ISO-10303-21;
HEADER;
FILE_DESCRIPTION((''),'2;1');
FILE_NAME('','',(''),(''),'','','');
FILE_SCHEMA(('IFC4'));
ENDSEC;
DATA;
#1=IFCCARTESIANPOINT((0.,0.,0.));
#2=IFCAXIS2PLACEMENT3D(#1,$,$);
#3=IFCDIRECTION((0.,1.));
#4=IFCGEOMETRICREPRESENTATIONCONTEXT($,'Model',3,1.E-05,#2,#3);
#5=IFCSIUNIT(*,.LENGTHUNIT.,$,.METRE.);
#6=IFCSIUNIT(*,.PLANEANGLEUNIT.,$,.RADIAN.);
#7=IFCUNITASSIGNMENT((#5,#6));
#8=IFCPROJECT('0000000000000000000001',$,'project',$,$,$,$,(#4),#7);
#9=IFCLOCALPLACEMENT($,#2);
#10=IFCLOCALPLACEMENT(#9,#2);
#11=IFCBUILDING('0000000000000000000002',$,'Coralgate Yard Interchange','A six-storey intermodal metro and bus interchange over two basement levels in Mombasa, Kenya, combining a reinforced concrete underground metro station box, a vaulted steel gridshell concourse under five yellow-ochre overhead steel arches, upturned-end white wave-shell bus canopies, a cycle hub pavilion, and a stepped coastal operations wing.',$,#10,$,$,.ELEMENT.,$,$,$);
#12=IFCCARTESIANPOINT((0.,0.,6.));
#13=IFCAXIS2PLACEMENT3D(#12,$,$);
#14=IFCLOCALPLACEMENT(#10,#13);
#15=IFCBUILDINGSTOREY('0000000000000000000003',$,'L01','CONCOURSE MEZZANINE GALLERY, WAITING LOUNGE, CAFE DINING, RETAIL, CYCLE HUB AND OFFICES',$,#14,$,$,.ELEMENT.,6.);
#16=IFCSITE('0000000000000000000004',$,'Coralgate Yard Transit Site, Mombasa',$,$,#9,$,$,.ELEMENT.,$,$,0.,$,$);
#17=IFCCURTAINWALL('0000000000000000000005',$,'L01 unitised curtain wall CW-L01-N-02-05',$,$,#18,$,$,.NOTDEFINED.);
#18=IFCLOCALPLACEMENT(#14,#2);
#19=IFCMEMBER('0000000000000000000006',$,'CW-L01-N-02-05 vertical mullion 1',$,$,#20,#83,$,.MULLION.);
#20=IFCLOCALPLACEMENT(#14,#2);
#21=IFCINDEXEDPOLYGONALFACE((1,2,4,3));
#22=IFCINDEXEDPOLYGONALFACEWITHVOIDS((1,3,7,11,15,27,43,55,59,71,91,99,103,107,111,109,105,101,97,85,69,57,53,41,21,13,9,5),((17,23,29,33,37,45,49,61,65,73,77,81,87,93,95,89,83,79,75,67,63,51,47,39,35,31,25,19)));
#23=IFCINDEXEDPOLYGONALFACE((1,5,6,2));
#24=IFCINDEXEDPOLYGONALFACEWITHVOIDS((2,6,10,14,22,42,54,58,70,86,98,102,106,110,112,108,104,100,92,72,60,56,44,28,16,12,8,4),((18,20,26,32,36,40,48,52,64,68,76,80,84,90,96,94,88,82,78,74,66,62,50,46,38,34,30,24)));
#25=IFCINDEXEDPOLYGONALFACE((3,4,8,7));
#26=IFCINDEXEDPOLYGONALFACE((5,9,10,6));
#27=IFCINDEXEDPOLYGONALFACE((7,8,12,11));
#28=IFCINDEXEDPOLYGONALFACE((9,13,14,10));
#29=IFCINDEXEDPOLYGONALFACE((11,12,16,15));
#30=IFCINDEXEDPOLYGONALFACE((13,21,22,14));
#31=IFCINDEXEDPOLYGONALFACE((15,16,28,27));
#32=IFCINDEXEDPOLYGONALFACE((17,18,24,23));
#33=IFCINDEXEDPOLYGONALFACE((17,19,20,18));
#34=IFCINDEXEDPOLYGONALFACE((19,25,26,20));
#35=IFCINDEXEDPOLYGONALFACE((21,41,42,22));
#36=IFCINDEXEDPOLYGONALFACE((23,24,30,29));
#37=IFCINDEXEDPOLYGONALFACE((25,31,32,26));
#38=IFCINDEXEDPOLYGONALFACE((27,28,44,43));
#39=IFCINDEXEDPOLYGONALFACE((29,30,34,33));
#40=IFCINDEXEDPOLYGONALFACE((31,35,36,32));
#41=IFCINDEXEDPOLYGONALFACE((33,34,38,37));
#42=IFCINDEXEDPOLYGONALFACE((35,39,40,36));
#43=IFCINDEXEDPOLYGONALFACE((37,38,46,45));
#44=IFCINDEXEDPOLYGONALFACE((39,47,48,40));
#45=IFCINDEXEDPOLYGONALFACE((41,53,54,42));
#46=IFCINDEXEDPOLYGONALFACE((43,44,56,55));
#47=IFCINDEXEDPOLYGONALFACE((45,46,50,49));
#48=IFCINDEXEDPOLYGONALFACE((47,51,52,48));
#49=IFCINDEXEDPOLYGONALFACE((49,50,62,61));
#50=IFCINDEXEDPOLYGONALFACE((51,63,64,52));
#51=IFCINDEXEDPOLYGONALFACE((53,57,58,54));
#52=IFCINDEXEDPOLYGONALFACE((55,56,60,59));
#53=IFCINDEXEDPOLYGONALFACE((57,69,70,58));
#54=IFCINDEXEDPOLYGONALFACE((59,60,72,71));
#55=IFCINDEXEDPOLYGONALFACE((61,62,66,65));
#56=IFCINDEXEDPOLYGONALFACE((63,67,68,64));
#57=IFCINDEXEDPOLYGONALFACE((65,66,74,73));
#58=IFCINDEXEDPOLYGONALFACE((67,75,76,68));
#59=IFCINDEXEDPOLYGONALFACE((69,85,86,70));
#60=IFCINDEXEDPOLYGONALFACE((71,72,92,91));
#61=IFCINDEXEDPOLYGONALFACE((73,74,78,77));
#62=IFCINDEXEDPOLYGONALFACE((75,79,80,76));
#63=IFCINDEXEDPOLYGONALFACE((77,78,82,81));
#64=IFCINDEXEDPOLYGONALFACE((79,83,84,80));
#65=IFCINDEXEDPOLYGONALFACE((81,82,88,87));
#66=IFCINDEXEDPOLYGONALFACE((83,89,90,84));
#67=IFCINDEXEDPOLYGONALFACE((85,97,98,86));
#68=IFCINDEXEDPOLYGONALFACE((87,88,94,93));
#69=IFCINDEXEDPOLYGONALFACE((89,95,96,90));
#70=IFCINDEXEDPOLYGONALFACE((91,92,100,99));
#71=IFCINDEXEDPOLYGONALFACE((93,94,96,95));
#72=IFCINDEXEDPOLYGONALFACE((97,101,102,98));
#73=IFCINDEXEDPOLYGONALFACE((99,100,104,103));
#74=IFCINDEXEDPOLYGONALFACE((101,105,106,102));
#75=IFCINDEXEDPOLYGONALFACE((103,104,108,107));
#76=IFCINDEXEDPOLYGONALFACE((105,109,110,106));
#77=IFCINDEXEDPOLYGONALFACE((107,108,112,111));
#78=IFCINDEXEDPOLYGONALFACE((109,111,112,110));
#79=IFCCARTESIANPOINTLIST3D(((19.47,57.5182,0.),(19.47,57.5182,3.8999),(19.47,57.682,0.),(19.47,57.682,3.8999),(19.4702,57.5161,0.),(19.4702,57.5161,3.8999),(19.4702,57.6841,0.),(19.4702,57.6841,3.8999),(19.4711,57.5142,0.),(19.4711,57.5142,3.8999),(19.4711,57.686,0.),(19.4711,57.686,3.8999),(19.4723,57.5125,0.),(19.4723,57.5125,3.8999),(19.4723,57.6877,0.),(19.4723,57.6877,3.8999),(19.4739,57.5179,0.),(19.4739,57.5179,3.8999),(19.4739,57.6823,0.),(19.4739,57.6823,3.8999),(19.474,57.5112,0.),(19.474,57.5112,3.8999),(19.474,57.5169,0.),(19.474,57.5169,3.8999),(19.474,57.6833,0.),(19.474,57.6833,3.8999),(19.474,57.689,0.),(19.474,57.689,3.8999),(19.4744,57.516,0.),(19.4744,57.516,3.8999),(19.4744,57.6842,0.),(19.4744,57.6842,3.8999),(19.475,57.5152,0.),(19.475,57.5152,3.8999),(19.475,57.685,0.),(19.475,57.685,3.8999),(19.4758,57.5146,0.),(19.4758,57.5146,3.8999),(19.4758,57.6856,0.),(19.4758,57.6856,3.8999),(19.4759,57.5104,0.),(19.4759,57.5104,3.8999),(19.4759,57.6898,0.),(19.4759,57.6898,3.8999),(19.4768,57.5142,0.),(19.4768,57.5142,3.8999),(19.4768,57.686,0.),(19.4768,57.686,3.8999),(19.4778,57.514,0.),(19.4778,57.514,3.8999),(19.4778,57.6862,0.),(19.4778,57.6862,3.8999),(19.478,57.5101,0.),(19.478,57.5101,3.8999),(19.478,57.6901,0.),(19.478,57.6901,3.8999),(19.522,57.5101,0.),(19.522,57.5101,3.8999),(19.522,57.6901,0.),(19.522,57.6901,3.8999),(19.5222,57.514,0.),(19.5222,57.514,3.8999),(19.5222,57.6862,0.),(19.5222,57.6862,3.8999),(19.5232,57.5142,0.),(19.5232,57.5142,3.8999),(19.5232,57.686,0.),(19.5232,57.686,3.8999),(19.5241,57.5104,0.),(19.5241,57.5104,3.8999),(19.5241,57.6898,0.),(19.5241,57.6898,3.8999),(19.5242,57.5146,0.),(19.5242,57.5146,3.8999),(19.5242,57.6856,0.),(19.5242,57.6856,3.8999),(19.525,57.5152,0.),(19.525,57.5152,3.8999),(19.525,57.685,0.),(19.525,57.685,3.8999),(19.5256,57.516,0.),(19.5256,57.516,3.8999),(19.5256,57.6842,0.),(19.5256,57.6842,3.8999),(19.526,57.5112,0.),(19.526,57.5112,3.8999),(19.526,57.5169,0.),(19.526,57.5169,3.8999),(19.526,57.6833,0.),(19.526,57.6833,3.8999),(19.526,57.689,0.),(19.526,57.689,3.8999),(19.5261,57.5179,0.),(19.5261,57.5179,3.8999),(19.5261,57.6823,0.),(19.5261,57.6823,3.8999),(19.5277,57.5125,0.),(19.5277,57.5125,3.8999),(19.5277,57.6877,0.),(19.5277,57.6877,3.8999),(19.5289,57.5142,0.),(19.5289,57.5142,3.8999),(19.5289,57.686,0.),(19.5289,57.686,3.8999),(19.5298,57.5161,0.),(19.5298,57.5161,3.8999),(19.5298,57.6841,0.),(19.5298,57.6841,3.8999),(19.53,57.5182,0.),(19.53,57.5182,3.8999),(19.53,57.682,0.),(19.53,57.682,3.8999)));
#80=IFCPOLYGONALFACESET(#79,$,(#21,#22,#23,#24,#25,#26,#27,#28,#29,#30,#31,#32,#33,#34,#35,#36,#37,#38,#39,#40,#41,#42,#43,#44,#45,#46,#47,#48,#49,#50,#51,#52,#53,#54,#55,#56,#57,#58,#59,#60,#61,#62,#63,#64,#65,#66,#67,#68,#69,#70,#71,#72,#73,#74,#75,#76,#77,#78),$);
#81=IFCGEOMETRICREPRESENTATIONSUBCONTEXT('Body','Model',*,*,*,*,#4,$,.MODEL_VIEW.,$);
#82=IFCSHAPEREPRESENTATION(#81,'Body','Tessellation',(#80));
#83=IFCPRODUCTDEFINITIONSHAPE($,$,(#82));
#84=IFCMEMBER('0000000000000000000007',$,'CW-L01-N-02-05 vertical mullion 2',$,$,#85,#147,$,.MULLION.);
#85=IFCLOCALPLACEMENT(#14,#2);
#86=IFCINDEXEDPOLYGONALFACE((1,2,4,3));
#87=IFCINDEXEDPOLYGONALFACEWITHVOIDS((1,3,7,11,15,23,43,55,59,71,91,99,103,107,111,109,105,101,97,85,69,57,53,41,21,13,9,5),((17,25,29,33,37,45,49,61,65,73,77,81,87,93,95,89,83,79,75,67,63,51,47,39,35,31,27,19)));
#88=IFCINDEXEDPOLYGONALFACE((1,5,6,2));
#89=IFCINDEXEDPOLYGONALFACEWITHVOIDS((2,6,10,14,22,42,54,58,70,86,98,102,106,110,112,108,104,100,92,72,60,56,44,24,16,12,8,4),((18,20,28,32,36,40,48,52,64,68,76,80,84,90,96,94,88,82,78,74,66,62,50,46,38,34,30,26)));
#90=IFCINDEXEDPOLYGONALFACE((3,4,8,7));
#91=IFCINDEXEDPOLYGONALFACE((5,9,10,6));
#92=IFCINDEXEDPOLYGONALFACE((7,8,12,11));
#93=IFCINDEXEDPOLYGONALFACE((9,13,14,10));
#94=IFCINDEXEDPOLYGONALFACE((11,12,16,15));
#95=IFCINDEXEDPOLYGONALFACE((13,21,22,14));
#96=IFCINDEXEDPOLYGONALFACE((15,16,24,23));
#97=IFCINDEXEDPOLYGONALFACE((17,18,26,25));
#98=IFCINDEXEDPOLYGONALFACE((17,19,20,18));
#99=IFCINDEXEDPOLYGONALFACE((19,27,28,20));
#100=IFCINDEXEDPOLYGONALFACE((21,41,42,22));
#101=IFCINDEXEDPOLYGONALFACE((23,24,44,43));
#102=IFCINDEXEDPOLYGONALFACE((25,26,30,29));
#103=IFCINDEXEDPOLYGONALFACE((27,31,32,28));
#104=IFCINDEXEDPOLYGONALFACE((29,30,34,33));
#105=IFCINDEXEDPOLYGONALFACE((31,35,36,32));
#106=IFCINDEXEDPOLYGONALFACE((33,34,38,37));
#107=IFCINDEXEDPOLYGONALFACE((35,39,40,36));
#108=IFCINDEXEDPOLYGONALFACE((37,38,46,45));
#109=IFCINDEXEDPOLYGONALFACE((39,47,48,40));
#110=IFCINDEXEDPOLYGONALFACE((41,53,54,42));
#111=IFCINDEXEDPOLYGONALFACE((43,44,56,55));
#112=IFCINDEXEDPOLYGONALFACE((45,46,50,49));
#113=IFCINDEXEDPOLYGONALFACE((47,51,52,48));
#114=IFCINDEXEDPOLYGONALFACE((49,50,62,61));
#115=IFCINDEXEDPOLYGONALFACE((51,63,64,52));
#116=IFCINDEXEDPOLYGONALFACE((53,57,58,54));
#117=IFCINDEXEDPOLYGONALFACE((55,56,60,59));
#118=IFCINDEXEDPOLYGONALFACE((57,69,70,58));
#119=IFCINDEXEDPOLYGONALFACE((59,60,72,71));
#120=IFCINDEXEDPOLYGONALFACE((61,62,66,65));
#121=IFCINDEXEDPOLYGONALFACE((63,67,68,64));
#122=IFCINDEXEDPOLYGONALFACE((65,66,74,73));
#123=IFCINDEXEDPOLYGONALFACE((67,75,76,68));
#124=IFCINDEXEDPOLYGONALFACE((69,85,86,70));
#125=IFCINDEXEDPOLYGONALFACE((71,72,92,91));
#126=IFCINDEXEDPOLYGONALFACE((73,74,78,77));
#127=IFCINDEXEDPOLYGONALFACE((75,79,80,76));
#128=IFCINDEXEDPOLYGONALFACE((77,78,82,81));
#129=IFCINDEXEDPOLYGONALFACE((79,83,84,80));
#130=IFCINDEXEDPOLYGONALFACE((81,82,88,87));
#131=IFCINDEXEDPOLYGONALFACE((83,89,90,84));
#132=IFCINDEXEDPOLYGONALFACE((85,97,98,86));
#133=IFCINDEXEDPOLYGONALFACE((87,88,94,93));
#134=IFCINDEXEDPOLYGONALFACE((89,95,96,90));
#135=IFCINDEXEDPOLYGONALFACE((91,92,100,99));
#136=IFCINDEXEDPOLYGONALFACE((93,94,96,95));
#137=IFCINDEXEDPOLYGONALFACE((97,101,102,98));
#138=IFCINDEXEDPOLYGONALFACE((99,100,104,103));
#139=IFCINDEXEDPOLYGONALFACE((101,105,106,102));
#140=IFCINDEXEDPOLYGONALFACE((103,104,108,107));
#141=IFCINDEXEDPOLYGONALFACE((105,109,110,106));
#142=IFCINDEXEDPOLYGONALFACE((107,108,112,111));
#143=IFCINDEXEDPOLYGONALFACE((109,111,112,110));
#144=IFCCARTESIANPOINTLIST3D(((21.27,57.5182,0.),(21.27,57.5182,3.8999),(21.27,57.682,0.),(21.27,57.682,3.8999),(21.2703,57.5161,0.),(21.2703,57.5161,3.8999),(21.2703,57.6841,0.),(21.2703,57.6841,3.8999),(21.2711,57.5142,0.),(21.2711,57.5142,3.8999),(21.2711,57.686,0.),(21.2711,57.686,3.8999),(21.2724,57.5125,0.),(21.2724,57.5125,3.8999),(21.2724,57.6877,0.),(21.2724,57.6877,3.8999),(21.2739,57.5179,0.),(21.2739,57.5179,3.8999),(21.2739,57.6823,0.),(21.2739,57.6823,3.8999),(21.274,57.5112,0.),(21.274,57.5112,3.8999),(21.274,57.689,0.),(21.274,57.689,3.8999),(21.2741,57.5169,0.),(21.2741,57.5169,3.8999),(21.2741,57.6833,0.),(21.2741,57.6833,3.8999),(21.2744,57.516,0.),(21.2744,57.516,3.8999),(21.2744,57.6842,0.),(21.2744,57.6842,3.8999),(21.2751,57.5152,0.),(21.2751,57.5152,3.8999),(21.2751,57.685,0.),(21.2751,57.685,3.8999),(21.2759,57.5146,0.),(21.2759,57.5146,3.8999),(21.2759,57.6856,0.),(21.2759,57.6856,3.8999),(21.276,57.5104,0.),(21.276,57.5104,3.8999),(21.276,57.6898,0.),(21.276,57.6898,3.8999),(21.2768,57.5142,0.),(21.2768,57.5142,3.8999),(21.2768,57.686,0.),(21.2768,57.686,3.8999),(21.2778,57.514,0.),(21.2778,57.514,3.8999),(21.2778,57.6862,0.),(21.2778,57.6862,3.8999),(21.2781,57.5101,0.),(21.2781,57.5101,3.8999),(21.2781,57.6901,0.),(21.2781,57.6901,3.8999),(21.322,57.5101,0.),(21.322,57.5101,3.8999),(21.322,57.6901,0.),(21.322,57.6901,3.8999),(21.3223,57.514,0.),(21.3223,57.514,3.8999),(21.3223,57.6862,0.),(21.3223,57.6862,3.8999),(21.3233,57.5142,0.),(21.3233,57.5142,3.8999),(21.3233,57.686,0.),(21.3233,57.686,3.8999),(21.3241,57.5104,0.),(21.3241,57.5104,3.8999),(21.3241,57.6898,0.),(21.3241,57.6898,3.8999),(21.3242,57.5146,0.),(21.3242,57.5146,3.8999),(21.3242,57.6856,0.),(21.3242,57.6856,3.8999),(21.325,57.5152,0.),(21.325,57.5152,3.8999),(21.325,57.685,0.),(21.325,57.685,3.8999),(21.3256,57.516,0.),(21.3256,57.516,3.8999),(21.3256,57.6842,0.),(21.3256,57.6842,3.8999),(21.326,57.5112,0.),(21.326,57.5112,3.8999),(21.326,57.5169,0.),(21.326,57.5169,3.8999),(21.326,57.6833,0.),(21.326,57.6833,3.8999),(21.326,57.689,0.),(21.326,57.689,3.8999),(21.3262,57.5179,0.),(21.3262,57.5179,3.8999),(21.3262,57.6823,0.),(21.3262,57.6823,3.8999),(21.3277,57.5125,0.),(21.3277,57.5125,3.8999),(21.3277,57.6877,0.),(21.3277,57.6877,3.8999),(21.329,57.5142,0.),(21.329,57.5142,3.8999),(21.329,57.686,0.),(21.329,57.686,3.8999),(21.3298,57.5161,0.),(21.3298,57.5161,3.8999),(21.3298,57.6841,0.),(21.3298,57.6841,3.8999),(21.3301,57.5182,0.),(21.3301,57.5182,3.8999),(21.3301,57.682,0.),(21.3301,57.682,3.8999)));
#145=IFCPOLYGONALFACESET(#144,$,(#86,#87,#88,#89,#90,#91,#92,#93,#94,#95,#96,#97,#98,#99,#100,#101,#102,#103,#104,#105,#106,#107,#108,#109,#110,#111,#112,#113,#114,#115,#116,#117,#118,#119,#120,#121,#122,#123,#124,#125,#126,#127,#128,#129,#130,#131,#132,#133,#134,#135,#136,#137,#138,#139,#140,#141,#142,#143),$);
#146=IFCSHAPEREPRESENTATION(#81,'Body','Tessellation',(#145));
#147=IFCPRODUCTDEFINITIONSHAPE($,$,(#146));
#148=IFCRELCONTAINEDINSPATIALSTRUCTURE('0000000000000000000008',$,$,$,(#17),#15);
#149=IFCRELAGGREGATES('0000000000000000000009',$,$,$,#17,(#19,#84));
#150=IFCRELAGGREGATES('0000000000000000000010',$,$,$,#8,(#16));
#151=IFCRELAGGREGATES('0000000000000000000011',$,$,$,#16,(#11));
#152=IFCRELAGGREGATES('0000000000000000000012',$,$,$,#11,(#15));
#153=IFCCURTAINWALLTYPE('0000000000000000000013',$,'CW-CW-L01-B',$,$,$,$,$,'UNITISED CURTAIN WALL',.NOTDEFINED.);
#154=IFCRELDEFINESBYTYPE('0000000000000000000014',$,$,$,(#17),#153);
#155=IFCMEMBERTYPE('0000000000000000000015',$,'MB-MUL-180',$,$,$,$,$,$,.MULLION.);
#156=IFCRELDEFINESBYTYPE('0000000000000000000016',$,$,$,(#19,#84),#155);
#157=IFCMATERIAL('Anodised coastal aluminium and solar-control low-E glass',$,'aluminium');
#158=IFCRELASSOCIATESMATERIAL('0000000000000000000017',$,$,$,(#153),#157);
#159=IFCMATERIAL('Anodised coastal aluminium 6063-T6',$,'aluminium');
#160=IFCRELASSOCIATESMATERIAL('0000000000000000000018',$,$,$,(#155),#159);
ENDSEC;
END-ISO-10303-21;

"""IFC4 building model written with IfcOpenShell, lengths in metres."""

from ifc_helpers import new_model, si_unit, direction, frame, origin, origin_2d, place, context, subcontext, project, spatial, hollow_rectangle, extrude, material, material_profile, profile_set, type_object, element, aggregate, save


model = new_model("IFC4")

# Units and contexts
model_context = context("Model", 3, precision=1e-05, world=origin(), true_north=direction((0.0, 1.0)))
body_context = subcontext(model_context, "Body", "Model", "MODEL_VIEW")
ifc_project = project(units=[si_unit("LENGTHUNIT", "METRE"), si_unit("PLANEANGLEUNIT", "RADIAN")], contexts=[model_context])

# Site, building, storey
site_placement = place(None, origin())
site = spatial("IfcSite", under=ifc_project, at=site_placement, Name="Coralgate Yard Transit Site, Mombasa", CompositionType="ELEMENT", RefElevation=0.0)
building_placement = place(site_placement, origin())
building = spatial("IfcBuilding", under=site, at=building_placement, Name="Coralgate Yard Interchange", Description="A six-storey intermodal metro and bus interchange over two basement levels in Mombasa, Kenya, combining a reinforced concrete underground metro station box, a vaulted steel gridshell concourse under five yellow-ochre overhead steel arches, upturned-end white wave-shell bus canopies, a cycle hub pavilion, and a stepped coastal operations wing.", CompositionType="ELEMENT")
storey_placement = place(building_placement, frame((0.0, 0.0, 6.0)))
storey = spatial("IfcBuildingStorey", under=building, at=storey_placement, Name="L01", Description="CONCOURSE MEZZANINE GALLERY, WAITING LOUNGE, CAFE DINING, RETAIL, CYCLE HUB AND OFFICES", CompositionType="ELEMENT", Elevation=6.0)

# Curtain wall, members
ifc_material_1 = material(Name="Anodised coastal aluminium and solar-control low-E glass", Category="aluminium")
curtain_wall_type = type_object("IfcCurtainWallType", Name="CW-CW-L01-B", ElementType="UNITISED CURTAIN WALL", PredefinedType="NOTDEFINED", material=ifc_material_1)
curtain_wall_placement = place(storey_placement, origin())
curtain_wall = element("IfcCurtainWall", 1, at=curtain_wall_placement, inside=storey, type_object=curtain_wall_type, Name="L01 unitised curtain wall CW-L01-N-02-05", PredefinedType="NOTDEFINED")
ifc_material_2 = material(Name="Anodised coastal aluminium 6063-T6", Category="aluminium")
ifc_material_profile_1 = material_profile(ifc_material_2, hollow_rectangle(XDim=0.0601, YDim=0.1799, WallThickness=0.0039, InnerFilletRadius=0.0039, OuterFilletRadius=0.0081, at=origin_2d()), Name="ALU 60x180x4")
ifc_profile_set_1 = profile_set([ifc_material_profile_1], Name="Anodised coastal aluminium 6063-T6")
member_type_1 = type_object("IfcMemberType", Name="MB-MUL-180", PredefinedType="MULLION", material=ifc_profile_set_1)
member_1_placement = place(storey_placement, frame((19.5, 57.6001, 0.0), z_axis=(0.0, 0.0, 1.0), x_axis=(1.0, 0.0, 0.0)))
member_1 = element("IfcMember", 2, at=member_1_placement, type_object=member_type_1, Name="CW-L01-N-02-05 vertical mullion 1", PredefinedType="MULLION", context=body_context, shape_type="SweptSolid", body=[
    extrude(hollow_rectangle(XDim=0.0601, YDim=0.1799, WallThickness=0.0039, InnerFilletRadius=0.0039, OuterFilletRadius=0.0081, at=origin_2d()), origin(), (0.0, 0.0, 1.0), 3.8999),
])
member_2_placement = place(storey_placement, frame((21.3, 57.6001, 0.0), z_axis=(0.0, 0.0, 1.0), x_axis=(1.0, 0.0, 0.0)))
member_2 = element("IfcMember", 3, at=member_2_placement, type_object=member_type_1, Name="CW-L01-N-02-05 vertical mullion 2", PredefinedType="MULLION", context=body_context, shape_type="SweptSolid", body=[
    extrude(hollow_rectangle(XDim=0.0601, YDim=0.1799, WallThickness=0.0039, InnerFilletRadius=0.0039, OuterFilletRadius=0.0081, at=origin_2d()), origin(), (0.0, 0.0, 1.0), 3.8999),
])
aggregate(curtain_wall, [member_1, member_2])

save(model, "model.ifc")
